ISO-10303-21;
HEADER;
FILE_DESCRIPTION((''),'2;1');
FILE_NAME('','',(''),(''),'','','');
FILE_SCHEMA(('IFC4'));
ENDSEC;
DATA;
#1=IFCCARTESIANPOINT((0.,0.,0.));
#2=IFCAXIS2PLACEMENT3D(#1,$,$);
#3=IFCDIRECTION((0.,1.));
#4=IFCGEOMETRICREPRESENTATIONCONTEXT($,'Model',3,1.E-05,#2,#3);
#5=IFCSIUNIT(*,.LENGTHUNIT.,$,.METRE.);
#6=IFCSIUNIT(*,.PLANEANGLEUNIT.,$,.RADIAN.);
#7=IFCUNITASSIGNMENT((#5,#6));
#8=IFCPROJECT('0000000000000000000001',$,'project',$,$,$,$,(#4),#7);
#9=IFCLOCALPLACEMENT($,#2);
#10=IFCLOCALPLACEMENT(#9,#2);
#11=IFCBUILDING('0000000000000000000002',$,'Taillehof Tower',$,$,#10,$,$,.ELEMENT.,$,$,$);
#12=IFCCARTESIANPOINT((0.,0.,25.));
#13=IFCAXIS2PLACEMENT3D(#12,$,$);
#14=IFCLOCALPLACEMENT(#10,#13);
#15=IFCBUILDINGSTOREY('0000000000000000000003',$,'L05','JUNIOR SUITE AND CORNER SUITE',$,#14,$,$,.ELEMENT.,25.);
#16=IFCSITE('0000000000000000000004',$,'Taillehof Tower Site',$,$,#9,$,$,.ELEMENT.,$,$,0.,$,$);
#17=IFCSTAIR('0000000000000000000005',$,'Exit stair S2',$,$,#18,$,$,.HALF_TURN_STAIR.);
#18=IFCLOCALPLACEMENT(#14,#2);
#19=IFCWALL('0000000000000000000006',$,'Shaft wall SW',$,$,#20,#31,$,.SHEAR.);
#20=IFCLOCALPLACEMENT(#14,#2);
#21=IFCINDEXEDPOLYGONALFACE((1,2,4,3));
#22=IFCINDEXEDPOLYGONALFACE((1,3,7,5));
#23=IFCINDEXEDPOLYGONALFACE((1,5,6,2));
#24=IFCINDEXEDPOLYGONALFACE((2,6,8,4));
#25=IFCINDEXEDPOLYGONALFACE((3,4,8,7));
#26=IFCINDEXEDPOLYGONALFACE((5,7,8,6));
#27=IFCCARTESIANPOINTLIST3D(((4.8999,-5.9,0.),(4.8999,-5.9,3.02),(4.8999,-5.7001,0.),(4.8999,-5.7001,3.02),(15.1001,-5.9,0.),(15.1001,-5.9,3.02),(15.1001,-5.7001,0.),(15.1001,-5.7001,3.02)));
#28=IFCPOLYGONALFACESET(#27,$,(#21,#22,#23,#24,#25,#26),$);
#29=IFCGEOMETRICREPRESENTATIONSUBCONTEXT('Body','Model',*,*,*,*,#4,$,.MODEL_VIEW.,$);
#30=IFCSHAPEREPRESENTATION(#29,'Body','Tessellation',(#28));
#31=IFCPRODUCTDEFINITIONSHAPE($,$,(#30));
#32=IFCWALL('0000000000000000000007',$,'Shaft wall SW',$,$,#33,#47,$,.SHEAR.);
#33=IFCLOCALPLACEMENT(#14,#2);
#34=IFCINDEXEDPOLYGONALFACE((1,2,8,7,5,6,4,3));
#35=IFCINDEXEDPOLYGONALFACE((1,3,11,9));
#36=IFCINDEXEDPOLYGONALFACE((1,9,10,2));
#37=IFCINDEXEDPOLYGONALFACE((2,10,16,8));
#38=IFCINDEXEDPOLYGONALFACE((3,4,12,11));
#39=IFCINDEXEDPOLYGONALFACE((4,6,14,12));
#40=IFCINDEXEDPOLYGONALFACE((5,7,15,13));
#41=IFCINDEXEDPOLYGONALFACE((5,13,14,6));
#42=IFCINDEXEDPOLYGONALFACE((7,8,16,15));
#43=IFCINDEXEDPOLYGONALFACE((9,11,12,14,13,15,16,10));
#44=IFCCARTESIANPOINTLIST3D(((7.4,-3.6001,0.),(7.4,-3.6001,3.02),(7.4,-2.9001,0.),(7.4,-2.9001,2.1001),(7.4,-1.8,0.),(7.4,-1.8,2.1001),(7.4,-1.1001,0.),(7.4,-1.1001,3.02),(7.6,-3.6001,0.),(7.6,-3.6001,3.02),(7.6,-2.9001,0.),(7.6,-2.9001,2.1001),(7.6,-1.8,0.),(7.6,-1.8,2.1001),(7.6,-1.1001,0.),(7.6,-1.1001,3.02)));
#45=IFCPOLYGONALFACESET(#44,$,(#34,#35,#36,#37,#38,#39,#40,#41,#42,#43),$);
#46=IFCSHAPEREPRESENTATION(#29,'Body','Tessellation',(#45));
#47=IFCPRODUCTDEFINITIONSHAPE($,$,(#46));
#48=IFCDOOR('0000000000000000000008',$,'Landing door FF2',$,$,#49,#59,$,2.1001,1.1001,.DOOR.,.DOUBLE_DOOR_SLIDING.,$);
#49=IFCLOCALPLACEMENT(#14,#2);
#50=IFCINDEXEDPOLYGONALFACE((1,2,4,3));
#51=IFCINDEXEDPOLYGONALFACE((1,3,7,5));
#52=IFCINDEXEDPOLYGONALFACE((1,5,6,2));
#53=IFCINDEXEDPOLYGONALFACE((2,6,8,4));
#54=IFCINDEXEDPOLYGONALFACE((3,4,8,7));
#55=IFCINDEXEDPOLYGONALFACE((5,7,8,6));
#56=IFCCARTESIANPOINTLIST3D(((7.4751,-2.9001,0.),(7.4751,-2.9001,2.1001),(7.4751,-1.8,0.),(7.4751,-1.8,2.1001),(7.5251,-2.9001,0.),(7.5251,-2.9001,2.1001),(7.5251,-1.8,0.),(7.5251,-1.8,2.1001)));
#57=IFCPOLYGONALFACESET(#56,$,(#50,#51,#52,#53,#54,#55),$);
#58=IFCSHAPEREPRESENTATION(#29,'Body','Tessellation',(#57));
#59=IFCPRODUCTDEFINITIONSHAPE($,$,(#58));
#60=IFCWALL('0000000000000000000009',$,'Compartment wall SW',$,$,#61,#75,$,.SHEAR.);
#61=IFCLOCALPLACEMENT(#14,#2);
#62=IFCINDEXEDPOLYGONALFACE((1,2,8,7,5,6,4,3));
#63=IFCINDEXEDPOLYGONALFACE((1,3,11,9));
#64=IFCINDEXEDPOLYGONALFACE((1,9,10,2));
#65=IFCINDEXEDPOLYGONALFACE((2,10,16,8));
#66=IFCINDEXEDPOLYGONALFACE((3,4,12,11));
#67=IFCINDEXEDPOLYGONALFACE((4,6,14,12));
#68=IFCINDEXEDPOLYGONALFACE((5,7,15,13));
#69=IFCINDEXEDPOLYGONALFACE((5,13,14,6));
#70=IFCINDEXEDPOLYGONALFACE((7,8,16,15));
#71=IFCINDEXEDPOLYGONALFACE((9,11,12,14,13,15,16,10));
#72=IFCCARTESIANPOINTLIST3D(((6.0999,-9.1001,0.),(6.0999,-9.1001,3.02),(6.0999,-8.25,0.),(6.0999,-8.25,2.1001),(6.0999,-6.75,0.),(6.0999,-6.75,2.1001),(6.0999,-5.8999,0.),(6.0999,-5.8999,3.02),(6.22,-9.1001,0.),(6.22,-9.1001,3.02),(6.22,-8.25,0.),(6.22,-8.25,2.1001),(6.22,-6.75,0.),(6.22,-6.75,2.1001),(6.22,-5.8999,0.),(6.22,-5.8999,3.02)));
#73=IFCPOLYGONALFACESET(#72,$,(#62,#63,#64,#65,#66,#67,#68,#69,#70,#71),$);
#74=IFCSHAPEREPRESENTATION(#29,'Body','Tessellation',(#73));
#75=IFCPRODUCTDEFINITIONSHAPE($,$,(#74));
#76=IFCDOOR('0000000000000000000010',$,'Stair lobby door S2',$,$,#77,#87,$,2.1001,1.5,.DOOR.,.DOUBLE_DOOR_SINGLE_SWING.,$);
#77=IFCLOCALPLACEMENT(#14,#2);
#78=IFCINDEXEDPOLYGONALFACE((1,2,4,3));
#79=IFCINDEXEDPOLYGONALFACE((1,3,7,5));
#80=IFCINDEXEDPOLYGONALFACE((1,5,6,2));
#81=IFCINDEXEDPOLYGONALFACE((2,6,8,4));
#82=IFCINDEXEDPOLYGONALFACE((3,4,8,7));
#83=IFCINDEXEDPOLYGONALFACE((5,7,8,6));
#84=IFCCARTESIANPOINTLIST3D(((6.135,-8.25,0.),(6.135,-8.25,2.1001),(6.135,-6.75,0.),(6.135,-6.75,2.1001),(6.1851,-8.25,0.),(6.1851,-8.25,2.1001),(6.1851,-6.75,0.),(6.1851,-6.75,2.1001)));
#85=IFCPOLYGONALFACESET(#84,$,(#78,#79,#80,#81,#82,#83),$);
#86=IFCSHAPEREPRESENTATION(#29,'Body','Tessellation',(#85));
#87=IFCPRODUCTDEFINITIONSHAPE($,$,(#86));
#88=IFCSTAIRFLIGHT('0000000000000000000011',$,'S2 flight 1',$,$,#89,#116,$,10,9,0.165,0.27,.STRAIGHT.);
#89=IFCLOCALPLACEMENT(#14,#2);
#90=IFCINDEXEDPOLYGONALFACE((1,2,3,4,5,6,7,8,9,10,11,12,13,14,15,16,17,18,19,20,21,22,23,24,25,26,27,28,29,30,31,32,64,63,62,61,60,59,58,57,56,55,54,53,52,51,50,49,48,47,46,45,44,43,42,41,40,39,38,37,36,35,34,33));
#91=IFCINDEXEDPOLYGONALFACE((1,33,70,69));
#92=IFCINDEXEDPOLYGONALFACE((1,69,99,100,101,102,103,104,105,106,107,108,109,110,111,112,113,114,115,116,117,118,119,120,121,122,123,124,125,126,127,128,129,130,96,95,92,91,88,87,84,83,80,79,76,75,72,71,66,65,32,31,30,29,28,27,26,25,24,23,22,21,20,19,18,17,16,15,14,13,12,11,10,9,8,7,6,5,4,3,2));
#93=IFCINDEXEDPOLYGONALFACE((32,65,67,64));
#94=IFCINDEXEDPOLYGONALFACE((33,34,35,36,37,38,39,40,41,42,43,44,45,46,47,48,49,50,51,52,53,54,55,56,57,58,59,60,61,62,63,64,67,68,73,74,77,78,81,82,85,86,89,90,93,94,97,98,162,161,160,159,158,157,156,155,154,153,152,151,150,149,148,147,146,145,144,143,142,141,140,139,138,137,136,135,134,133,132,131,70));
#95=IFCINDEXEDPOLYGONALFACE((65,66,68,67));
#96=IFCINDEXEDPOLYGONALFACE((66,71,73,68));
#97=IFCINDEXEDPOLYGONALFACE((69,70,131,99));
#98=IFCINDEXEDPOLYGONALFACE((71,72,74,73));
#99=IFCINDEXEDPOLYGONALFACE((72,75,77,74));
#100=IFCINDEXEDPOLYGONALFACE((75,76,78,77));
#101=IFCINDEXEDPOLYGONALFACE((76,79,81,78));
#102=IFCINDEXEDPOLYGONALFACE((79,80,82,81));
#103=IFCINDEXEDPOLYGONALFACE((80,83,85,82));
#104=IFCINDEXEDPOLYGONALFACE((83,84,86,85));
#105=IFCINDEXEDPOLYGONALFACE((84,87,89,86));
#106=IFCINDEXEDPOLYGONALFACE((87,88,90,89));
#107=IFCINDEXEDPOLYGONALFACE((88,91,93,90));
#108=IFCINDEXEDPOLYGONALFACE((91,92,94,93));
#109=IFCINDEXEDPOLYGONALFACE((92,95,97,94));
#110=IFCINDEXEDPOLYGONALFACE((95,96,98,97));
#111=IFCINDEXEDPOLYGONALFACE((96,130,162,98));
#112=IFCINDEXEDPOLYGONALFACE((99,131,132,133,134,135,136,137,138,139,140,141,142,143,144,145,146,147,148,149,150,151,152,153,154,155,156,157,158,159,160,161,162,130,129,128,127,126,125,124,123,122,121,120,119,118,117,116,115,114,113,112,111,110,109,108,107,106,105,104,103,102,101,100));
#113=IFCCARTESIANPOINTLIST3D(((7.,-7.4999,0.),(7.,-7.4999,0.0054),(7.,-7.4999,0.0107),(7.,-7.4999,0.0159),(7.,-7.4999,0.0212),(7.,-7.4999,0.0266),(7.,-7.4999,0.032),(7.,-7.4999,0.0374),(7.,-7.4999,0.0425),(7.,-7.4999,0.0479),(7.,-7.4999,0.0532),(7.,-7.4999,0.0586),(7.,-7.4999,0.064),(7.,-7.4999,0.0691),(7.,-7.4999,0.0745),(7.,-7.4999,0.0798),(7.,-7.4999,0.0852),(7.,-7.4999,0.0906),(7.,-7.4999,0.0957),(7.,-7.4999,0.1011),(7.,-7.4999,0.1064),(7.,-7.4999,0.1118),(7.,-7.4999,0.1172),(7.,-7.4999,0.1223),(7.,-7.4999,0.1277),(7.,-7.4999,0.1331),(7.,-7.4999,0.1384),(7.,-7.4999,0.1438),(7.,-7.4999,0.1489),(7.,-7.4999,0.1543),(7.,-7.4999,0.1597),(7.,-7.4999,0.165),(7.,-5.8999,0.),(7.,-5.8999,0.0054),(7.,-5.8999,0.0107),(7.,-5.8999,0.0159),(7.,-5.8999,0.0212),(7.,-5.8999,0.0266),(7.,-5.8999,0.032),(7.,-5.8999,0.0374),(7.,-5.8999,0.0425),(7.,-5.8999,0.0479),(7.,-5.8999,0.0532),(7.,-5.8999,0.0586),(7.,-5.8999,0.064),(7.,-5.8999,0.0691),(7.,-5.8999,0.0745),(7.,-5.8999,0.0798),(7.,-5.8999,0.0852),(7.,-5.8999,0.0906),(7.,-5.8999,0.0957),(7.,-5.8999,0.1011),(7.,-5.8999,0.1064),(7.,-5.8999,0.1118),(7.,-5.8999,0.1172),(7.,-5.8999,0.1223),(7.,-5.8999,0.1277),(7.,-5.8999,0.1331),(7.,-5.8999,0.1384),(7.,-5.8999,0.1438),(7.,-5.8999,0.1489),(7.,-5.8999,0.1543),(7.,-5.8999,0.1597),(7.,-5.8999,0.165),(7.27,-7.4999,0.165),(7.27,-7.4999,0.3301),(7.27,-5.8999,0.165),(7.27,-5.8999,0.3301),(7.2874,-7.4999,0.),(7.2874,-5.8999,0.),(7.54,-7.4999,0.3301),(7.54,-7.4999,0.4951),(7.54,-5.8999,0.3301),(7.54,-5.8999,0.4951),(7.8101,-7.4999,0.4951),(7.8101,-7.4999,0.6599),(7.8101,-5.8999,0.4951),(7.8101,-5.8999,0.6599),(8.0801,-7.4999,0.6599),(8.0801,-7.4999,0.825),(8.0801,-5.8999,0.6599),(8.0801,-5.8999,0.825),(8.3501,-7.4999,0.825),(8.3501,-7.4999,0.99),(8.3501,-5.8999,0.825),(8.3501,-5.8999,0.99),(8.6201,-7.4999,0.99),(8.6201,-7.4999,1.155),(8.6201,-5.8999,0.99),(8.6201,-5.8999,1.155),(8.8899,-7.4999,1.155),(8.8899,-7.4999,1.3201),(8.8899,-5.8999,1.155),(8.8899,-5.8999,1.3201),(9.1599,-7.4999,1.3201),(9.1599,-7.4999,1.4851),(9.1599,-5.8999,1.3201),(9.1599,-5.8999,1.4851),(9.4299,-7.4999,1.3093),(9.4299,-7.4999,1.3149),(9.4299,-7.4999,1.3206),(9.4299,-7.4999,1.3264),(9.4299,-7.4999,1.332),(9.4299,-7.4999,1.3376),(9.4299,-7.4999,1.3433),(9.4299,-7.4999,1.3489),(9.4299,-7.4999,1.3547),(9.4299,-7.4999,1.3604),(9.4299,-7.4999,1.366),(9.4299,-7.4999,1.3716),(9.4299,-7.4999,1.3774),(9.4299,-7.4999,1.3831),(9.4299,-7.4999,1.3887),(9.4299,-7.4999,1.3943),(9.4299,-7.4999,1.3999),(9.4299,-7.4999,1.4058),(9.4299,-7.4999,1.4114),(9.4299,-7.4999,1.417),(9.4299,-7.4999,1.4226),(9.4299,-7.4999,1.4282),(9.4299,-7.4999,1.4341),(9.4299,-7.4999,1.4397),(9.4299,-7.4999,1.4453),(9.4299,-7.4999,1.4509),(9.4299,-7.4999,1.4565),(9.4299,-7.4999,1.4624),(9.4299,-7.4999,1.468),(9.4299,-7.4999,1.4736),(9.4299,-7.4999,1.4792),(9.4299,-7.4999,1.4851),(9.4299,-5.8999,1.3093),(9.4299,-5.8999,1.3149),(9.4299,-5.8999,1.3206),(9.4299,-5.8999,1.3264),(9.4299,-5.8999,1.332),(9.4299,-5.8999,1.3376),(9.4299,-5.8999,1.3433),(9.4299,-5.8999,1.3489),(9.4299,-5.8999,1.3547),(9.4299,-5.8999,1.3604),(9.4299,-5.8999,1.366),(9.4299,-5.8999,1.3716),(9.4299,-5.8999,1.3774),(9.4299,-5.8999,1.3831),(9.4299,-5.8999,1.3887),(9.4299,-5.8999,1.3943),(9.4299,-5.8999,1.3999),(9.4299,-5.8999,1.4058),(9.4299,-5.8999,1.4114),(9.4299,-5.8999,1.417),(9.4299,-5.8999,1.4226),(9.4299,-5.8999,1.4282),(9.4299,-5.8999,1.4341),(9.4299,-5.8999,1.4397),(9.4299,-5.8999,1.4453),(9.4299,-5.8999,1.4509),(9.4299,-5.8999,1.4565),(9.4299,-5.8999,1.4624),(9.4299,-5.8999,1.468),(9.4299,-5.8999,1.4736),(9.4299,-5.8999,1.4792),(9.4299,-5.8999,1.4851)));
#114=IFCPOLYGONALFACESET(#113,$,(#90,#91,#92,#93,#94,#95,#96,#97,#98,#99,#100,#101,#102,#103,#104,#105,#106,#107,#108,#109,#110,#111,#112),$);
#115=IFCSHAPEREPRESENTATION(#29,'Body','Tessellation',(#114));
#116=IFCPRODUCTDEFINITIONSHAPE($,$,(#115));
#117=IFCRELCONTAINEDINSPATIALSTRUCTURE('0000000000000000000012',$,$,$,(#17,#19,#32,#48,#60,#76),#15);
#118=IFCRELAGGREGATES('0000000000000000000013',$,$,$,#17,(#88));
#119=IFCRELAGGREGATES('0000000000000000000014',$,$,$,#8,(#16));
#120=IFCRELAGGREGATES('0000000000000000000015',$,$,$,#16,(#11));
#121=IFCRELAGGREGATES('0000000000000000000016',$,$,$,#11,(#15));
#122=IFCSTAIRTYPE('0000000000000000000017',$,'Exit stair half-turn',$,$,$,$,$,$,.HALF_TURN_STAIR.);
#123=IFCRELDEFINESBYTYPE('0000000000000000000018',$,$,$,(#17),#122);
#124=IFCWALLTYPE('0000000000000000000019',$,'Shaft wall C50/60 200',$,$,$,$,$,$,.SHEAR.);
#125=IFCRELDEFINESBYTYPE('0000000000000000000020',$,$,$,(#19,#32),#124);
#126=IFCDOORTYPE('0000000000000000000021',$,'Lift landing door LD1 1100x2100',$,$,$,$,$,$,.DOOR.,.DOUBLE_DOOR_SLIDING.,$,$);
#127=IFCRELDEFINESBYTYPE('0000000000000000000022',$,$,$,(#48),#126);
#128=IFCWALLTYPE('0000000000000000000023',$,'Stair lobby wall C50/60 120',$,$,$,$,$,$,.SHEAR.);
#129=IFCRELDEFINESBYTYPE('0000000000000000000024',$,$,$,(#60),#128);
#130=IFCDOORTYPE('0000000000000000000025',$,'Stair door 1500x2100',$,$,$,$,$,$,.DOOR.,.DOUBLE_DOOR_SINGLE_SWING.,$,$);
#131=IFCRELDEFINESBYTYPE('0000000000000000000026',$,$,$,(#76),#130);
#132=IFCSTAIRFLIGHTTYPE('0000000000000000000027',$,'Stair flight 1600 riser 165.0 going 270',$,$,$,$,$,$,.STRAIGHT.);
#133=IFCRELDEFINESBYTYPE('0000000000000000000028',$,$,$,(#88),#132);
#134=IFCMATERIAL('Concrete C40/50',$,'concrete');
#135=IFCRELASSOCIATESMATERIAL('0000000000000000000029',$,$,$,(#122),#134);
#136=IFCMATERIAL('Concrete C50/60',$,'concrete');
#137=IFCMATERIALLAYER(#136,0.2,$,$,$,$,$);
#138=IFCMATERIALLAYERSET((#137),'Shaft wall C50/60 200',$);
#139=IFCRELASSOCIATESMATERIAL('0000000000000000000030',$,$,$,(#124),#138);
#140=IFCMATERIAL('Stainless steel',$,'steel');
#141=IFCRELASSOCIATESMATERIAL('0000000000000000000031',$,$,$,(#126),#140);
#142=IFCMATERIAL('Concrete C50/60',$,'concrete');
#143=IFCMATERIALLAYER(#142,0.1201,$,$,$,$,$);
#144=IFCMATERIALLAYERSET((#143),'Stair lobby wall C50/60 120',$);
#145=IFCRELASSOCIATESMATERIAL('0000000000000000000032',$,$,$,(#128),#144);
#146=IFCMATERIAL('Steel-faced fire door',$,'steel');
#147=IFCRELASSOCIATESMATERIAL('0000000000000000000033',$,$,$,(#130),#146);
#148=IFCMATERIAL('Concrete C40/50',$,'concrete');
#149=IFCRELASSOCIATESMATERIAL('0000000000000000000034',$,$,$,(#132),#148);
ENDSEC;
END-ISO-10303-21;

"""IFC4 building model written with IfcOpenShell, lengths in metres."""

from ifc_helpers import new_model, si_unit, direction, frame, frame_2d, origin, place, context, subcontext, project, spatial, polyline, rectangle, outline, extrude, material, layer, layer_set, type_object, element, fill, aggregate, save


model = new_model("IFC4")

# Units and contexts
model_context = context("Model", 3, precision=1e-05, world=origin(), true_north=direction((0.0, 1.0)))
body_context = subcontext(model_context, "Body", "Model", "MODEL_VIEW")
ifc_project = project(units=[si_unit("LENGTHUNIT", "METRE"), si_unit("PLANEANGLEUNIT", "RADIAN")], contexts=[model_context])

# Site, building, storey
site_placement = place(None, origin())
site = spatial("IfcSite", under=ifc_project, at=site_placement, Name="Taillehof Tower Site", CompositionType="ELEMENT", RefElevation=0.0)
building_placement = place(site_placement, origin())
building = spatial("IfcBuilding", under=site, at=building_placement, Name="Taillehof Tower", CompositionType="ELEMENT")
storey_placement = place(building_placement, frame((0.0, 0.0, 25.0)))
storey = spatial("IfcBuildingStorey", under=building, at=storey_placement, Name="L05", Description="JUNIOR SUITE AND CORNER SUITE", CompositionType="ELEMENT", Elevation=25.0)

# Stair
ifc_material_1 = material(Name="Concrete C40/50", Category="concrete")
stair_type = type_object("IfcStairType", Name="Exit stair half-turn", PredefinedType="HALF_TURN_STAIR", material=ifc_material_1)
stair_1_placement = place(storey_placement, origin())
stair_1 = element("IfcStair", 1, at=stair_1_placement, inside=storey, type_object=stair_type, Name="Exit stair S2", PredefinedType="HALF_TURN_STAIR")

# Shared definitions
ifc_material_2 = material(Name="Concrete C50/60", Category="concrete")
ifc_layer_1 = layer(ifc_material_2, 0.2)
ifc_layer_set_1 = layer_set([ifc_layer_1], Name="Shaft wall C50/60 200")
wall_type_1 = type_object("IfcWallType", Name="Shaft wall C50/60 200", PredefinedType="SHEAR", material=ifc_layer_set_1)

# Shared definitions
ifc_material_3 = material(Name="Stainless steel", Category="steel")
door_type_1 = type_object("IfcDoorType", Name="Lift landing door LD1 1100x2100", OperationType="DOUBLE_DOOR_SLIDING", PredefinedType="DOOR", material=ifc_material_3)

# Wall
wall_1_placement = place(storey_placement, frame((4.8999, -5.8, 0.0), z_axis=(0.0, 0.0, 1.0), x_axis=(1.0, 0.0, 0.0)))
element("IfcWall", 2, at=wall_1_placement, inside=storey, type_object=wall_type_1, Name="Shaft wall SW", PredefinedType="SHEAR", context=body_context, shape_type="SweptSolid", body=[
    extrude(rectangle(XDim=10.2002, YDim=0.2, at=frame_2d((5.1001, 0.0))), origin(), (0.0, 0.0, 1.0), 3.02),
])

# Walls, openings, doors
wall_2_placement = place(storey_placement, frame((7.5, -3.6001, 0.0), z_axis=(0.0, 0.0, 1.0), x_axis=(0.0, 1.0, 0.0)))
wall_2 = element("IfcWall", 3, at=wall_2_placement, inside=storey, type_object=wall_type_1, Name="Shaft wall SW", PredefinedType="SHEAR", context=body_context, shape_type="SweptSolid", body=[
    extrude(rectangle(XDim=2.5, YDim=0.2, at=frame_2d((1.25, 0.0))), origin(), (0.0, 0.0, 1.0), 3.02),
])
opening_1_placement = place(wall_2_placement, frame((0.7, 0.0, 0.0)))
opening_1 = element("IfcOpeningElement", 4, at=opening_1_placement, cuts=wall_2, PredefinedType="OPENING", context=body_context, shape_type="SweptSolid", body=[
    extrude(rectangle(XDim=1.1001, YDim=2.1001, at=frame_2d((0.55, 1.05))), frame((0.0, 0.1099, 0.0), z_axis=(0.0, -1.0, 0.0), x_axis=(1.0, 0.0, 0.0)), (0.0, 0.0, 1.0), 0.22),
])
door_1_placement = place(opening_1_placement, origin())
door_1 = element("IfcDoor", 5, at=door_1_placement, inside=storey, type_object=door_type_1, Name="Landing door FF2", OperationType="DOUBLE_DOOR_SLIDING", OverallHeight=2.1001, OverallWidth=1.1001, PredefinedType="DOOR", context=body_context, shape_type="SweptSolid", body=[
    extrude(rectangle(XDim=1.1001, YDim=2.1001, at=frame_2d((0.55, 1.05))), frame((0.0, 0.0249, 0.0), z_axis=(0.0, -1.0, 0.0), x_axis=(1.0, 0.0, 0.0)), (0.0, 0.0, 1.0), 0.05),
])
fill(opening_1, door_1)
ifc_material_4 = material(Name="Concrete C50/60", Category="concrete")
ifc_layer_2 = layer(ifc_material_4, 0.1201)
ifc_layer_set_2 = layer_set([ifc_layer_2], Name="Stair lobby wall C50/60 120")
wall_type_2 = type_object("IfcWallType", Name="Stair lobby wall C50/60 120", PredefinedType="SHEAR", material=ifc_layer_set_2)
wall_3_placement = place(storey_placement, frame((6.1599, -9.1001, 0.0), z_axis=(0.0, 0.0, 1.0), x_axis=(0.0, 1.0, 0.0)))
wall_3 = element("IfcWall", 6, at=wall_3_placement, inside=storey, type_object=wall_type_2, Name="Compartment wall SW", PredefinedType="SHEAR", context=body_context, shape_type="SweptSolid", body=[
    extrude(rectangle(XDim=3.2002, YDim=0.1201, at=frame_2d((1.6001, 0.0))), origin(), (0.0, 0.0, 1.0), 3.02),
])
opening_2_placement = place(wall_3_placement, frame((0.8501, 0.0, 0.0)))
opening_2 = element("IfcOpeningElement", 7, at=opening_2_placement, cuts=wall_3, PredefinedType="OPENING", context=body_context, shape_type="SweptSolid", body=[
    extrude(rectangle(XDim=1.5, YDim=2.1001, at=frame_2d((0.75, 1.05))), frame((0.0, 0.0701, 0.0), z_axis=(0.0, -1.0, 0.0), x_axis=(1.0, 0.0, 0.0)), (0.0, 0.0, 1.0), 0.1401),
])
ifc_material_5 = material(Name="Steel-faced fire door", Category="steel")
door_type_2 = type_object("IfcDoorType", Name="Stair door 1500x2100", OperationType="DOUBLE_DOOR_SINGLE_SWING", PredefinedType="DOOR", material=ifc_material_5)
door_2_placement = place(opening_2_placement, origin())
door_2 = element("IfcDoor", 8, at=door_2_placement, inside=storey, type_object=door_type_2, Name="Stair lobby door S2", OperationType="DOUBLE_DOOR_SINGLE_SWING", OverallHeight=2.1001, OverallWidth=1.5, PredefinedType="DOOR", context=body_context, shape_type="SweptSolid", body=[
    extrude(rectangle(XDim=1.5, YDim=2.1001, at=frame_2d((0.75, 1.05))), frame((0.0, 0.0249, 0.0), z_axis=(0.0, -1.0, 0.0), x_axis=(1.0, 0.0, 0.0)), (0.0, 0.0, 1.0), 0.05),
])
fill(opening_2, door_2)

# Stair flight
ifc_material_6 = material(Name="Concrete C40/50", Category="concrete")
stair_flight_type = type_object("IfcStairFlightType", Name="Stair flight 1600 riser 165.0 going 270", PredefinedType="STRAIGHT", material=ifc_material_6)
stair_flight_1_placement = place(storey_placement, frame((7.0, -6.7, 0.0), z_axis=(0.0, 0.0, 1.0), x_axis=(1.0, 0.0, 0.0)))
stair_flight_1 = element("IfcStairFlight", 9, at=stair_flight_1_placement, type_object=stair_flight_type, Name="S2 flight 1", NumberOfRisers=10, NumberOfTreads=9, PredefinedType="STRAIGHT", RiserHeight=0.165, TreadLength=0.27, context=body_context, shape_type="SweptSolid", body=[
    extrude(outline(polyline([(0.0, 0.0), (0.0, 0.0054), (0.0, 0.0107), (0.0, 0.0159), (0.0, 0.0212), (0.0, 0.0266), (0.0, 0.032), (0.0, 0.0374), (0.0, 0.0425), (0.0, 0.0479), (0.0, 0.0532), (0.0, 0.0586), (0.0, 0.064), (0.0, 0.0691), (0.0, 0.0745), (0.0, 0.0798), (0.0, 0.0852), (0.0, 0.0906), (0.0, 0.0957), (0.0, 0.1011), (0.0, 0.1064), (0.0, 0.1118), (0.0, 0.1172), (0.0, 0.1223), (0.0, 0.1277), (0.0, 0.1331), (0.0, 0.1384), (0.0, 0.1438), (0.0, 0.1489), (0.0, 0.1543), (0.0, 0.1597), (0.0, 0.165), (0.27, 0.165), (0.27, 0.3301), (0.54, 0.3301), (0.54, 0.4951), (0.8101, 0.4951), (0.8101, 0.6599), (1.0801, 0.6599), (1.0801, 0.825), (1.3501, 0.825), (1.3501, 0.99), (1.6201, 0.99), (1.6201, 1.155), (1.8899, 1.155), (1.8899, 1.3201), (2.1599, 1.3201), (2.1599, 1.4851), (2.4299, 1.4851), (2.4299, 1.4792), (2.4299, 1.4736), (2.4299, 1.468), (2.4299, 1.4624), (2.4299, 1.4565), (2.4299, 1.4509), (2.4299, 1.4453), (2.4299, 1.4397), (2.4299, 1.4341), (2.4299, 1.4282), (2.4299, 1.4226), (2.4299, 1.417), (2.4299, 1.4114), (2.4299, 1.4058), (2.4299, 1.3999), (2.4299, 1.3943), (2.4299, 1.3887), (2.4299, 1.3831), (2.4299, 1.3774), (2.4299, 1.3716), (2.4299, 1.366), (2.4299, 1.3604), (2.4299, 1.3547), (2.4299, 1.3489), (2.4299, 1.3433), (2.4299, 1.3376), (2.4299, 1.332), (2.4299, 1.3264), (2.4299, 1.3206), (2.4299, 1.3149), (2.4299, 1.3093), (0.2874, 0.0), (0.0, 0.0)])), frame((0.0, 0.8, 0.0), z_axis=(0.0, -1.0, 0.0), x_axis=(1.0, 0.0, 0.0)), (0.0, 0.0, 1.0), 1.6),
])
aggregate(stair_1, [stair_flight_1])

save(model, "model.ifc")
